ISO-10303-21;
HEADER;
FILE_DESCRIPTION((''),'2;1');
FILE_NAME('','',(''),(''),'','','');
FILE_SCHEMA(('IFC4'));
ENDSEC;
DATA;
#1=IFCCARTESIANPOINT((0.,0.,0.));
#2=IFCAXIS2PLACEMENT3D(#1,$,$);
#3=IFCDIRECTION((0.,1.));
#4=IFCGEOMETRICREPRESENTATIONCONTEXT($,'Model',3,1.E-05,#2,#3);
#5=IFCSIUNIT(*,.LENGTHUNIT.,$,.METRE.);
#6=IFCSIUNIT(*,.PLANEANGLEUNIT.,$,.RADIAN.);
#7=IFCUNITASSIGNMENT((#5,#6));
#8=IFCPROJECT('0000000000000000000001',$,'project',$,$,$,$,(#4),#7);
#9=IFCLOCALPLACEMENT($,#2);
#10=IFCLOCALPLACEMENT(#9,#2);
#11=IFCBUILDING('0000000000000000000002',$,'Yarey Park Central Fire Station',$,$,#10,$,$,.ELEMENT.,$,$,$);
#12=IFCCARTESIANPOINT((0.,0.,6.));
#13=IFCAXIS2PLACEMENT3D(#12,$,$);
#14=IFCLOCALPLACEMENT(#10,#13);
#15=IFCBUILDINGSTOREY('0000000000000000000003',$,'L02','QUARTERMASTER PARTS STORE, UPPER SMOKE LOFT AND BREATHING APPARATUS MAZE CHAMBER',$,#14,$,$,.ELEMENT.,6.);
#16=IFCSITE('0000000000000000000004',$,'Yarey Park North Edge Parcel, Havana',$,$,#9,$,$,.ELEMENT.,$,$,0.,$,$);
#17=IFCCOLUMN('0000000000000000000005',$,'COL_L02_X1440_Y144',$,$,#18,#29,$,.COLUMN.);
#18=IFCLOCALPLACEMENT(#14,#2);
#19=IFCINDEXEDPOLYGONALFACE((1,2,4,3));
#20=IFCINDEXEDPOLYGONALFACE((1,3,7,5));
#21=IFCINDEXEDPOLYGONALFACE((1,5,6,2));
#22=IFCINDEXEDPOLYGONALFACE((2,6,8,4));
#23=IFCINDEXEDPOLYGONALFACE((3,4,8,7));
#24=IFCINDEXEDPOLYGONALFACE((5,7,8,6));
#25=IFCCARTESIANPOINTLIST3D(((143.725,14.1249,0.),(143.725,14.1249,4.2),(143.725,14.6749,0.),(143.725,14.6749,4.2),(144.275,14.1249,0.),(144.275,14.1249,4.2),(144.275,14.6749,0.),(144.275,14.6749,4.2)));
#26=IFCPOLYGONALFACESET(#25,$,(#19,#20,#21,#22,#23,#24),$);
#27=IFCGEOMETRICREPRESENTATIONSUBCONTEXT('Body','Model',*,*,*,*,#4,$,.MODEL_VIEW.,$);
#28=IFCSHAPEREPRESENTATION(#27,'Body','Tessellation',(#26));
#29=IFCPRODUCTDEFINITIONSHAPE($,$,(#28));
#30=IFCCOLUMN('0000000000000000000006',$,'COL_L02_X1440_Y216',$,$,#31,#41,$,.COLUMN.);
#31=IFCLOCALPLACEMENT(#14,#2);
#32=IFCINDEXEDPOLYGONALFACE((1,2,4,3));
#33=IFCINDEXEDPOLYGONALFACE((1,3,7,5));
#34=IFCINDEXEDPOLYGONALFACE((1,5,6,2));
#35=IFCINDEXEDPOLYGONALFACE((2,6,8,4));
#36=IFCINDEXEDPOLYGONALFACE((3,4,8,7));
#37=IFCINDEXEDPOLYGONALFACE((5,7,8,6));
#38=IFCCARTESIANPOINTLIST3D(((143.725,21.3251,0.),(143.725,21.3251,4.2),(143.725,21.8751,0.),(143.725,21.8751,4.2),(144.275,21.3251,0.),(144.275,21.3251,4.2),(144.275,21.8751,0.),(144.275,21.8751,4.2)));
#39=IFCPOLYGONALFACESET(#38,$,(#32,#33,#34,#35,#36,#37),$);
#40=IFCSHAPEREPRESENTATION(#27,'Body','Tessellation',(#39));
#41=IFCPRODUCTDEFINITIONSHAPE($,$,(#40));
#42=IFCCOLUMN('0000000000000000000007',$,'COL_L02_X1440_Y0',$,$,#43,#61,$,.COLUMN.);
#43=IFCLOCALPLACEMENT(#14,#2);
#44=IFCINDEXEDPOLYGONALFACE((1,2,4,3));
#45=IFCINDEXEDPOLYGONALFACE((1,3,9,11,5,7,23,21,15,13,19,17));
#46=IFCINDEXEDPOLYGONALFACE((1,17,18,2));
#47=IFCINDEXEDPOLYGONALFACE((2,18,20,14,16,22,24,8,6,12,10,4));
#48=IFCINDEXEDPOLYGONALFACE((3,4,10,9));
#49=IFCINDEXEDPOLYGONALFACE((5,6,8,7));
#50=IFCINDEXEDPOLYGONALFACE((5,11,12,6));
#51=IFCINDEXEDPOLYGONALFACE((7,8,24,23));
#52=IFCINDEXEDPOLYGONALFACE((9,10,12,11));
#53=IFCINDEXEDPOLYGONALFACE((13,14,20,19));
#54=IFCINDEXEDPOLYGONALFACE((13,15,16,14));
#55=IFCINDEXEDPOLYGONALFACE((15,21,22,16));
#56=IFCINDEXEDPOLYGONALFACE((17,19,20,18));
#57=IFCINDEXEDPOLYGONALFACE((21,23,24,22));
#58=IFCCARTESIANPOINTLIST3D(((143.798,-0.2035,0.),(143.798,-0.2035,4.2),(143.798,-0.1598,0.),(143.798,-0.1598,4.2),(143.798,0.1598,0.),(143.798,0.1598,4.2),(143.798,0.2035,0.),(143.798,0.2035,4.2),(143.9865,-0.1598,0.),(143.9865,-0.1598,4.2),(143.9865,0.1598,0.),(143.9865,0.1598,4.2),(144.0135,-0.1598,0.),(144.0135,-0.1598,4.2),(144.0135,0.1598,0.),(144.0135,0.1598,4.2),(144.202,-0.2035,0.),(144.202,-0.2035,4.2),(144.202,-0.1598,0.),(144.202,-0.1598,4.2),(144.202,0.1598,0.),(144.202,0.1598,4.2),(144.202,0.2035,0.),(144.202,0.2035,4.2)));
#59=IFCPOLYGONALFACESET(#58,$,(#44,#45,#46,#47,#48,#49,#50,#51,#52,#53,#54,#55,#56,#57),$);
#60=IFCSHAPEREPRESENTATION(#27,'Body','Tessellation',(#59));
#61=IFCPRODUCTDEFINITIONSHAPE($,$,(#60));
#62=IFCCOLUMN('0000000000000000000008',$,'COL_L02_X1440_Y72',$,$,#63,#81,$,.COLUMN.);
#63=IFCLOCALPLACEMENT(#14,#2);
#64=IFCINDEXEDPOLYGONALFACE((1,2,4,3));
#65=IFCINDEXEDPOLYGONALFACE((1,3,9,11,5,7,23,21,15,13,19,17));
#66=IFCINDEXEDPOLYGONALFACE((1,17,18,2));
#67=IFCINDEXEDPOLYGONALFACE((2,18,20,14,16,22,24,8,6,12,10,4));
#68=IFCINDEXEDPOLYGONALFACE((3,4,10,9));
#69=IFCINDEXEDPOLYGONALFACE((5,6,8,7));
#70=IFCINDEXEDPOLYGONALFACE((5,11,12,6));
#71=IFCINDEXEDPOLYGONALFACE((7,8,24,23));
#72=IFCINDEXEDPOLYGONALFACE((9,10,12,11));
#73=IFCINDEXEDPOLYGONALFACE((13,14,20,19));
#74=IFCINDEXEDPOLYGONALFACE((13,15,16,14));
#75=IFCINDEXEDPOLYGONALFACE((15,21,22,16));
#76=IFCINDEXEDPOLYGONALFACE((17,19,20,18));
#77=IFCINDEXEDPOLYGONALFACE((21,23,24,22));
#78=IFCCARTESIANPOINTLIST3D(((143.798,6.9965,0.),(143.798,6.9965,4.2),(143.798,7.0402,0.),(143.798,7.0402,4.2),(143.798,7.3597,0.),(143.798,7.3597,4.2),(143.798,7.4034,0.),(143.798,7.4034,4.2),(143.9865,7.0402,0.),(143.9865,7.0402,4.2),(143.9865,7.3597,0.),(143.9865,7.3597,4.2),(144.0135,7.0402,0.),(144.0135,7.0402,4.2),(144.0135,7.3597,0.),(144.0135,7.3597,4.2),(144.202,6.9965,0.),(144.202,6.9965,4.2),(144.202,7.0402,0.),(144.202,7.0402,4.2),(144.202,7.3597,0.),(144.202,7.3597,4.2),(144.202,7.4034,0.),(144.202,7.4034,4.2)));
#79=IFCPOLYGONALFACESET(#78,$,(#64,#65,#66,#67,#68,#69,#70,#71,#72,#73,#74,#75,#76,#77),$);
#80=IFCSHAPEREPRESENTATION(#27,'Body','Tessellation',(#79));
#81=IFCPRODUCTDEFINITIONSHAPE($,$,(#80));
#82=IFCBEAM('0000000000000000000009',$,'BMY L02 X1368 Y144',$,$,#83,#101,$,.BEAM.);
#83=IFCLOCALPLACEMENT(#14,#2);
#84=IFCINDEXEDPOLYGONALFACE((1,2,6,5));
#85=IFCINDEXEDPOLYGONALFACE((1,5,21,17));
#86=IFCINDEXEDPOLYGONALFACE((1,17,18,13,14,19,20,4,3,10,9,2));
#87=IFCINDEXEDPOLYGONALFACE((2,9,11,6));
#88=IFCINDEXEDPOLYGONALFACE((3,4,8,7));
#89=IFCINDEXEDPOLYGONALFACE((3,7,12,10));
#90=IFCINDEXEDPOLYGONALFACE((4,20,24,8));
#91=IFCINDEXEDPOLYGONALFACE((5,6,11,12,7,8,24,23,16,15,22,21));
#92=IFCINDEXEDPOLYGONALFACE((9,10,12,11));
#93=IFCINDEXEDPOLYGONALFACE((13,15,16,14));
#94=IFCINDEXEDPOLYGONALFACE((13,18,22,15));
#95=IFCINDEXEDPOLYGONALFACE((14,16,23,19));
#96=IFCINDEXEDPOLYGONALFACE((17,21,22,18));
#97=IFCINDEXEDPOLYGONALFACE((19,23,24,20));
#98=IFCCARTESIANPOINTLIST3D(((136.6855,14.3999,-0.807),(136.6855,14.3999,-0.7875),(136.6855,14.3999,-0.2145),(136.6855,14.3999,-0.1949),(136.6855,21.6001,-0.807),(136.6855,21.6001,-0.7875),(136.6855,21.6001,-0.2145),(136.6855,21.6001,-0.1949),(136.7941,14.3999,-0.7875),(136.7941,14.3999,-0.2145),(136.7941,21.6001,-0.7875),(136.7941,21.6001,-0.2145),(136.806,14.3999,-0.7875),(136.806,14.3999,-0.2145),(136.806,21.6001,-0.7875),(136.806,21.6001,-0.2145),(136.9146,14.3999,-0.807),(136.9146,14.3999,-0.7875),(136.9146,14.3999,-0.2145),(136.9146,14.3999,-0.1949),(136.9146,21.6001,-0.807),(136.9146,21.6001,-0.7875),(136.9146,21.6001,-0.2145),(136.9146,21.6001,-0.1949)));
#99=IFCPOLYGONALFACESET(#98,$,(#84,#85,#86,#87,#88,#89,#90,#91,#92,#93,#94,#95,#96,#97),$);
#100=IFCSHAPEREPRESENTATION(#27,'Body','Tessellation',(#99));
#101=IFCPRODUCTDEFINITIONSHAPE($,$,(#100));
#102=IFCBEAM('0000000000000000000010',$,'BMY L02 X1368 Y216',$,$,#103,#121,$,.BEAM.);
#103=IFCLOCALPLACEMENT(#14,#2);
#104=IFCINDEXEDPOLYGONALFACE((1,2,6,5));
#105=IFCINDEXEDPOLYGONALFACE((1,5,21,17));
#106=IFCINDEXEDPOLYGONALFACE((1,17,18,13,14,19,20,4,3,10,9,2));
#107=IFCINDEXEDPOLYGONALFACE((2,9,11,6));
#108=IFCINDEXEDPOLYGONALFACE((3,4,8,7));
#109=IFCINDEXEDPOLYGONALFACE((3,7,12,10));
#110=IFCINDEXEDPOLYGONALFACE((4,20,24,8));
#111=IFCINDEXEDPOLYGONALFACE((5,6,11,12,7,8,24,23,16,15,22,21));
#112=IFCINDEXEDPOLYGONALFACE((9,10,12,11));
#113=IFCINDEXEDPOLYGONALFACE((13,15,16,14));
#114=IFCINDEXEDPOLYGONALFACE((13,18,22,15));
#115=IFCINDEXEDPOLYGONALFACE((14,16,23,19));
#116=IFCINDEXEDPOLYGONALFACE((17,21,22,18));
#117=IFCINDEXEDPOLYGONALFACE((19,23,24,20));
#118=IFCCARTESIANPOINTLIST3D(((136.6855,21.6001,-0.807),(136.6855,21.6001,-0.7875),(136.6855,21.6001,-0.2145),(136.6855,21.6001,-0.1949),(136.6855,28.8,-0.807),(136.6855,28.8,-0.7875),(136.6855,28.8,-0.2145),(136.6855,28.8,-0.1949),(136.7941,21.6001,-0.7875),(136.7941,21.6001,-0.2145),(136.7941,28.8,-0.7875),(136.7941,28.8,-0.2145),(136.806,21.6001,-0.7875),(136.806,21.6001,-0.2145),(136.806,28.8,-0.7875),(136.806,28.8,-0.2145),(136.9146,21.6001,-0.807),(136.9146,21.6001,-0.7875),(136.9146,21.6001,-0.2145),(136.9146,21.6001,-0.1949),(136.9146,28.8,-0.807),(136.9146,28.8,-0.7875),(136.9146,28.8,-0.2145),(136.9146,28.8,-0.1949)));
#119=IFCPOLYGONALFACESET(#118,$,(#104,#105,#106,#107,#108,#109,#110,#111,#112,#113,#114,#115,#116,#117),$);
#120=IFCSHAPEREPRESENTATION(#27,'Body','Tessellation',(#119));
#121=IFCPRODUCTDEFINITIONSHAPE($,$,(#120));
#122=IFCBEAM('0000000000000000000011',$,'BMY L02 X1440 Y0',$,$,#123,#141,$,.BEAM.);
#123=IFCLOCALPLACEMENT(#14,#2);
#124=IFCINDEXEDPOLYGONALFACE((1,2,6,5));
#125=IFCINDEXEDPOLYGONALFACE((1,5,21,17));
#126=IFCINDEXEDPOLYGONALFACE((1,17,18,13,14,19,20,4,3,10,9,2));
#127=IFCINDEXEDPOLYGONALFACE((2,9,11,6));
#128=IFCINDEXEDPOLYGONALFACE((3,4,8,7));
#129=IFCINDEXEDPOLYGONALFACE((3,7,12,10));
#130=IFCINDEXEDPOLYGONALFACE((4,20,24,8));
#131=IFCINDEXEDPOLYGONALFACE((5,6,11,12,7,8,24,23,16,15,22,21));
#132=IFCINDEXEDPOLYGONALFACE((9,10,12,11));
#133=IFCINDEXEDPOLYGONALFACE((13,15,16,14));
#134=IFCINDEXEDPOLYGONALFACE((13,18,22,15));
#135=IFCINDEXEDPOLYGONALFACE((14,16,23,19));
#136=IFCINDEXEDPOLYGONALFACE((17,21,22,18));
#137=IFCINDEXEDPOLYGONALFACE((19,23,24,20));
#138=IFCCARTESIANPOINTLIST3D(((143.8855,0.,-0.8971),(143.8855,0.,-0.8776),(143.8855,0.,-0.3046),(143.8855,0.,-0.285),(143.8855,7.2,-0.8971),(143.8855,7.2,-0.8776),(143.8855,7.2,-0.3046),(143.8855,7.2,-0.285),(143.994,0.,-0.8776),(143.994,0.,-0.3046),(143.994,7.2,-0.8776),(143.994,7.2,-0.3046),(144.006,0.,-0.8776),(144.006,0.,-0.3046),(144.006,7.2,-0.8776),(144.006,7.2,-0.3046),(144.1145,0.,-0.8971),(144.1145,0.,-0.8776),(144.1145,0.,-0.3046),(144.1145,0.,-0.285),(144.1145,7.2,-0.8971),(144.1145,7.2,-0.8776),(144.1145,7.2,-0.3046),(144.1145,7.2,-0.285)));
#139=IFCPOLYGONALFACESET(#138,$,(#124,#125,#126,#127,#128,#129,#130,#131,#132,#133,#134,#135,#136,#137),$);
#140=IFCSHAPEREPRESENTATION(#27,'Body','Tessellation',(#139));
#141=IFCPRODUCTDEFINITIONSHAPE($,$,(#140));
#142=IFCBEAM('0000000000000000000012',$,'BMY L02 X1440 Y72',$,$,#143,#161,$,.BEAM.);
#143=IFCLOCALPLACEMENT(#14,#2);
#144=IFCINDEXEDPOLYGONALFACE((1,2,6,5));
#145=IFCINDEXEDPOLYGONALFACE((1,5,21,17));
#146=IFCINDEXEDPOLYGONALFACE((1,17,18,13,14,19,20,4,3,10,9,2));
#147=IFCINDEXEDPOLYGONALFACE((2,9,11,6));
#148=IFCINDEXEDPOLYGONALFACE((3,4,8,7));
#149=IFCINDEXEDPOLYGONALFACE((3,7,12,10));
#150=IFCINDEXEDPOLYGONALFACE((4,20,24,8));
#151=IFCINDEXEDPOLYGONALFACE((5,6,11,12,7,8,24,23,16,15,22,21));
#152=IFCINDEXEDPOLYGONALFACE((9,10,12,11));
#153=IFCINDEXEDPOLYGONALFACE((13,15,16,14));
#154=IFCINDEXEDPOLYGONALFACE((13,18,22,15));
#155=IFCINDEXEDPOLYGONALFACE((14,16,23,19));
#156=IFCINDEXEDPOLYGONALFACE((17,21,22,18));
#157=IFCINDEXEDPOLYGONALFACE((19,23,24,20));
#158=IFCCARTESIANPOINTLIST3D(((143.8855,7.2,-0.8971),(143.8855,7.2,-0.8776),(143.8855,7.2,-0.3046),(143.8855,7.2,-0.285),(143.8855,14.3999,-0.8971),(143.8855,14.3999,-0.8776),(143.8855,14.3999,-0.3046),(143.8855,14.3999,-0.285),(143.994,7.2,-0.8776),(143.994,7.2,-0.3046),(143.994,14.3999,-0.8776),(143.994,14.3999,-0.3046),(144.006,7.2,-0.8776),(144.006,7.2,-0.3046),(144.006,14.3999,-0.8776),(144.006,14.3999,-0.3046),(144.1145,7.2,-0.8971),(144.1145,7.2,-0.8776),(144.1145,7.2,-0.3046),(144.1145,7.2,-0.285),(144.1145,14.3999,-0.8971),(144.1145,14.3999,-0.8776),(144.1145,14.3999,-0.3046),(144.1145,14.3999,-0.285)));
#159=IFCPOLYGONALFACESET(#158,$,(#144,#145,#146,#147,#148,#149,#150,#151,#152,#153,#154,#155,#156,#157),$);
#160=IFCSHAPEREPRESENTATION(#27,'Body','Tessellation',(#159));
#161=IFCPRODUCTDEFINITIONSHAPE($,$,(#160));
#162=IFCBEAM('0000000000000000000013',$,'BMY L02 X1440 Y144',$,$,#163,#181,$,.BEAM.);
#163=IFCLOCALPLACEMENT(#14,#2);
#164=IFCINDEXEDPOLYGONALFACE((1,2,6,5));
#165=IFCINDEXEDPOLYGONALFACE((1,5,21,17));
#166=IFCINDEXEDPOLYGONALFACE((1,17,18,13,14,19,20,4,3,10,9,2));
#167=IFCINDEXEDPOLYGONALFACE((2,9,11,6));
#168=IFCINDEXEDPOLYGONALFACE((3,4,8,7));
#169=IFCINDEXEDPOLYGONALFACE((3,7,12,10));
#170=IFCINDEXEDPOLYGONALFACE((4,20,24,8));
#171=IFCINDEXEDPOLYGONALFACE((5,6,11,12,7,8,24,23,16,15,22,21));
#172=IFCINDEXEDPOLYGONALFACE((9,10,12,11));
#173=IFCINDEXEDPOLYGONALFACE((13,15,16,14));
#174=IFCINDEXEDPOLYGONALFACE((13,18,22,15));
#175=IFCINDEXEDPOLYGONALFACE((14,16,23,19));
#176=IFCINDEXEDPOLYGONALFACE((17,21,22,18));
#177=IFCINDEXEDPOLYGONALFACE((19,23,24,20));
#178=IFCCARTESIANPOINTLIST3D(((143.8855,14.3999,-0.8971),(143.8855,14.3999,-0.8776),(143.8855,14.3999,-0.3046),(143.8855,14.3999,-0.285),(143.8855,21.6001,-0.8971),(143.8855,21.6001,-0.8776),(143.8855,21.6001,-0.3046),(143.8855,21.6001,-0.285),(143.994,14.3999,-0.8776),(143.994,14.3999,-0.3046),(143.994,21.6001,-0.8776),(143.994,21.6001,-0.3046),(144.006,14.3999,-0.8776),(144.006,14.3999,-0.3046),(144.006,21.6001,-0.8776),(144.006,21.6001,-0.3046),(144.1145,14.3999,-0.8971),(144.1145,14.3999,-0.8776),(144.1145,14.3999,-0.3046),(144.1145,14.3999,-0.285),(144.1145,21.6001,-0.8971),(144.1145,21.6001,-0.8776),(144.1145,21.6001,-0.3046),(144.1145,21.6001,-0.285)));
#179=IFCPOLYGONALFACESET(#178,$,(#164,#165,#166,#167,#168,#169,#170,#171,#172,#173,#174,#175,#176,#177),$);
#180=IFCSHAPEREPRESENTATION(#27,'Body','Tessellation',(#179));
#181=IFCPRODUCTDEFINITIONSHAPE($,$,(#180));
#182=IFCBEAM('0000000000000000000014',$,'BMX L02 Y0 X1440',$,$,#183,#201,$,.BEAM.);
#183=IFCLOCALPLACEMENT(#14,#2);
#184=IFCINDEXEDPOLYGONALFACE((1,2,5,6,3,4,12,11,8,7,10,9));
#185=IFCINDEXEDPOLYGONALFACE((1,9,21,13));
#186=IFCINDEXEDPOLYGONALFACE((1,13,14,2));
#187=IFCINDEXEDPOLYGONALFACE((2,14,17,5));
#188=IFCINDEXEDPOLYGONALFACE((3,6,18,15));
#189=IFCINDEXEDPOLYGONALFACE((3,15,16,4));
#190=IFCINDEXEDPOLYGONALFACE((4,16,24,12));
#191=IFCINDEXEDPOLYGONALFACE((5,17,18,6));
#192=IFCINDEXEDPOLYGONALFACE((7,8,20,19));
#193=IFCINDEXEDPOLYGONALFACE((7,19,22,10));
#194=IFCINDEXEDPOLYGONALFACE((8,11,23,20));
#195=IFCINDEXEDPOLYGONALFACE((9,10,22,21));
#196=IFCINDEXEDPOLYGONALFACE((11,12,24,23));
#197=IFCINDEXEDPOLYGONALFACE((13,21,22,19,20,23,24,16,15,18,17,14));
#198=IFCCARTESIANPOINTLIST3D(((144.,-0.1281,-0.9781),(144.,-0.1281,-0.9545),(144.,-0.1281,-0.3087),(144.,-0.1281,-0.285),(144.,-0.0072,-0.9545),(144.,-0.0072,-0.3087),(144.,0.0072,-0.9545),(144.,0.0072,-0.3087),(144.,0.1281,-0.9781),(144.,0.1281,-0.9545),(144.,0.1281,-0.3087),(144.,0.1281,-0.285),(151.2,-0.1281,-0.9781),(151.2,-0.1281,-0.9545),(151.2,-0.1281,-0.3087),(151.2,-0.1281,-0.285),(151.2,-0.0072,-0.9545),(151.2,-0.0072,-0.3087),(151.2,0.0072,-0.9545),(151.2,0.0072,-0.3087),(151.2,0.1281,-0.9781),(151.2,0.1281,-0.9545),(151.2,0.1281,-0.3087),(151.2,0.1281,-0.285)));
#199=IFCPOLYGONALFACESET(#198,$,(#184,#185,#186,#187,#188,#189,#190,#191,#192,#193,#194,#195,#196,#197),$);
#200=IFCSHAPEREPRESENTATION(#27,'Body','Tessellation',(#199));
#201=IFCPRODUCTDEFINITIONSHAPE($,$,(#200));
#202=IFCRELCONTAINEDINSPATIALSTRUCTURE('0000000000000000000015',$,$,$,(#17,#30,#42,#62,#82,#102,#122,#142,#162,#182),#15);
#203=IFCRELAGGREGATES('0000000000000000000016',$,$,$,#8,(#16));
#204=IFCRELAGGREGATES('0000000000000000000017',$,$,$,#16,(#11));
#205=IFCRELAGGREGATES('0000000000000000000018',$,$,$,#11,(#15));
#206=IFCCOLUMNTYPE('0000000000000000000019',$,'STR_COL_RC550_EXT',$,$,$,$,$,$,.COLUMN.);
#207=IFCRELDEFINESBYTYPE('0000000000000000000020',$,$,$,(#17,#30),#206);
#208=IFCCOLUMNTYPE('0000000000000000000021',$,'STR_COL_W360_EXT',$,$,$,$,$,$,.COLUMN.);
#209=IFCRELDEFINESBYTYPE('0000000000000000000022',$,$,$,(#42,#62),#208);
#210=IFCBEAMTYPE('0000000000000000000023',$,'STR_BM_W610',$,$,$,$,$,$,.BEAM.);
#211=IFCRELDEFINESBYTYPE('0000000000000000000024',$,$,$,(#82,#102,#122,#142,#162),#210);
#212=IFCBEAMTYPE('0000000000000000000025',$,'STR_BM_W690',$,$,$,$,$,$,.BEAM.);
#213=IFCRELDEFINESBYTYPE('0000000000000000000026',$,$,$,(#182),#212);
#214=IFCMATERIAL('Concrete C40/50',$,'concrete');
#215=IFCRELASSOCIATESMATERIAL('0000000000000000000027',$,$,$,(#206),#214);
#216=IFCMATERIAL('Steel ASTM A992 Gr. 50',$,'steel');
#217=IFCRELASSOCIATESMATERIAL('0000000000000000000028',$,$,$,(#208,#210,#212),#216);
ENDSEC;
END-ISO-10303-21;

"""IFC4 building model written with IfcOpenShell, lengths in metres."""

from ifc_helpers import new_model, si_unit, direction, frame, origin, origin_2d, place, context, subcontext, project, spatial, rectangle, i_section, extrude, material, material_profile, profile_set, type_object, element, save


model = new_model("IFC4")

# Units and contexts
model_context = context("Model", 3, precision=1e-05, world=origin(), true_north=direction((0.0, 1.0)))
body_context = subcontext(model_context, "Body", "Model", "MODEL_VIEW")
ifc_project = project(units=[si_unit("LENGTHUNIT", "METRE"), si_unit("PLANEANGLEUNIT", "RADIAN")], contexts=[model_context])

# Site, building, storey
site_placement = place(None, origin())
site = spatial("IfcSite", under=ifc_project, at=site_placement, Name="Yarey Park North Edge Parcel, Havana", CompositionType="ELEMENT", RefElevation=0.0)
building_placement = place(site_placement, origin())
building = spatial("IfcBuilding", under=site, at=building_placement, Name="Yarey Park Central Fire Station", CompositionType="ELEMENT")
storey_placement = place(building_placement, frame((0.0, 0.0, 6.0)))
storey = spatial("IfcBuildingStorey", under=building, at=storey_placement, Name="L02", Description="QUARTERMASTER PARTS STORE, UPPER SMOKE LOFT AND BREATHING APPARATUS MAZE CHAMBER", CompositionType="ELEMENT", Elevation=6.0)

# Columns
ifc_material_1 = material(Name="Concrete C40/50", Category="concrete")
ifc_material_profile_1 = material_profile(ifc_material_1, rectangle(XDim=0.55, YDim=0.55, at=origin_2d()), Name="RC 550x550")
ifc_profile_set_1 = profile_set([ifc_material_profile_1], Name="Concrete C40/50")
column_type_1 = type_object("IfcColumnType", Name="STR_COL_RC550_EXT", PredefinedType="COLUMN", material=ifc_profile_set_1)
for number, where, z_axis, x_axis, name in (
    (1, (144.0, 14.3999, 0.0), (0.0, 0.0, 1.0), (1.0, 0.0, 0.0), "COL_L02_X1440_Y144"),
    (2, (144.0, 21.6001, 0.0), (0.0, 0.0, 1.0), (1.0, 0.0, 0.0), "COL_L02_X1440_Y216"),
):
    element("IfcColumn", number, at=place(storey_placement, frame(where, z_axis=z_axis, x_axis=x_axis)), inside=storey, type_object=column_type_1, Name=name, PredefinedType="COLUMN", context=body_context, shape_type="SweptSolid", body=[
        extrude(rectangle(XDim=0.55, YDim=0.55, at=origin_2d()), origin(), (0.0, 0.0, 1.0), 4.2),
    ])
ifc_material_2 = material(Name="Steel ASTM A992 Gr. 50", Category="steel")
ifc_material_profile_2 = material_profile(ifc_material_2, i_section(OverallWidth=0.4041, OverallDepth=0.407, WebThickness=0.0271, FlangeThickness=0.0437, at=origin_2d()), Name="W360x347")
ifc_profile_set_2 = profile_set([ifc_material_profile_2], Name="Steel ASTM A992 Gr. 50")
column_type_2 = type_object("IfcColumnType", Name="STR_COL_W360_EXT", PredefinedType="COLUMN", material=ifc_profile_set_2)
for number, where, z_axis, x_axis, name in (
    (3, (144.0, 0.0, 0.0), (0.0, 0.0, 1.0), (1.0, 0.0, 0.0), "COL_L02_X1440_Y0"),
    (4, (144.0, 7.2, 0.0), (0.0, 0.0, 1.0), (1.0, 0.0, 0.0), "COL_L02_X1440_Y72"),
):
    element("IfcColumn", number, at=place(storey_placement, frame(where, z_axis=z_axis, x_axis=x_axis)), inside=storey, type_object=column_type_2, Name=name, PredefinedType="COLUMN", context=body_context, shape_type="SweptSolid", body=[
        extrude(i_section(OverallWidth=0.4041, OverallDepth=0.407, WebThickness=0.0271, FlangeThickness=0.0437, at=origin_2d()), origin(), (0.0, 0.0, 1.0), 4.2),
    ])

# Beams
ifc_material_profile_3 = material_profile(ifc_material_2, i_section(OverallWidth=0.229, OverallDepth=0.6121, WebThickness=0.012, FlangeThickness=0.0195, at=origin_2d()), Name="W610x125")
ifc_profile_set_3 = profile_set([ifc_material_profile_3], Name="Steel ASTM A992 Gr. 50")
beam_type_1 = type_object("IfcBeamType", Name="STR_BM_W610", PredefinedType="BEAM", material=ifc_profile_set_3)
beam_1_placement = place(storey_placement, frame((136.8, 14.3999, -0.501), z_axis=(0.0, 1.0, 0.0), x_axis=(-1.0, 0.0, 0.0)))
element("IfcBeam", 5, at=beam_1_placement, inside=storey, type_object=beam_type_1, Name="BMY L02 X1368 Y144", PredefinedType="BEAM", context=body_context, shape_type="SweptSolid", body=[
    extrude(i_section(OverallWidth=0.229, OverallDepth=0.6121, WebThickness=0.012, FlangeThickness=0.0195, at=origin_2d()), origin(), (0.0, 0.0, 1.0), 7.2002),
])
for number, where, z_axis, x_axis, name in (
    (6, (136.8, 21.6001, -0.501), (0.0, 1.0, 0.0), (-1.0, 0.0, 0.0), "BMY L02 X1368 Y216"),
    (7, (144.0, 0.0, -0.5911), (0.0, 1.0, 0.0), (-1.0, 0.0, 0.0), "BMY L02 X1440 Y0"),
    (8, (144.0, 7.2, -0.5911), (0.0, 1.0, 0.0), (-1.0, 0.0, 0.0), "BMY L02 X1440 Y72"),
):
    element("IfcBeam", number, at=place(storey_placement, frame(where, z_axis=z_axis, x_axis=x_axis)), inside=storey, type_object=beam_type_1, Name=name, PredefinedType="BEAM", context=body_context, shape_type="SweptSolid", body=[
        extrude(i_section(OverallWidth=0.229, OverallDepth=0.6121, WebThickness=0.012, FlangeThickness=0.0195, at=origin_2d()), origin(), (0.0, 0.0, 1.0), 7.2),
    ])
beam_2_placement = place(storey_placement, frame((144.0, 14.3999, -0.5911), z_axis=(0.0, 1.0, 0.0), x_axis=(-1.0, 0.0, 0.0)))
element("IfcBeam", 9, at=beam_2_placement, inside=storey, type_object=beam_type_1, Name="BMY L02 X1440 Y144", PredefinedType="BEAM", context=body_context, shape_type="SweptSolid", body=[
    extrude(i_section(OverallWidth=0.229, OverallDepth=0.6121, WebThickness=0.012, FlangeThickness=0.0195, at=origin_2d()), origin(), (0.0, 0.0, 1.0), 7.2002),
])
ifc_material_profile_4 = material_profile(ifc_material_2, i_section(OverallWidth=0.2561, OverallDepth=0.6931, WebThickness=0.0144, FlangeThickness=0.0237, at=origin_2d()), Name="W690x170")
ifc_profile_set_4 = profile_set([ifc_material_profile_4], Name="Steel ASTM A992 Gr. 50")
beam_type_2 = type_object("IfcBeamType", Name="STR_BM_W690", PredefinedType="BEAM", material=ifc_profile_set_4)
for number, where, z_axis, x_axis, name in (
    (10, (144.0, 0.0, -0.6316), (1.0, 0.0, 0.0), (0.0, 1.0, 0.0), "BMX L02 Y0 X1440"),
):
    element("IfcBeam", number, at=place(storey_placement, frame(where, z_axis=z_axis, x_axis=x_axis)), inside=storey, type_object=beam_type_2, Name=name, PredefinedType="BEAM", context=body_context, shape_type="SweptSolid", body=[
        extrude(i_section(OverallWidth=0.2561, OverallDepth=0.6931, WebThickness=0.0144, FlangeThickness=0.0237, at=origin_2d()), origin(), (0.0, 0.0, 1.0), 7.2),
    ])

save(model, "model.ifc")
